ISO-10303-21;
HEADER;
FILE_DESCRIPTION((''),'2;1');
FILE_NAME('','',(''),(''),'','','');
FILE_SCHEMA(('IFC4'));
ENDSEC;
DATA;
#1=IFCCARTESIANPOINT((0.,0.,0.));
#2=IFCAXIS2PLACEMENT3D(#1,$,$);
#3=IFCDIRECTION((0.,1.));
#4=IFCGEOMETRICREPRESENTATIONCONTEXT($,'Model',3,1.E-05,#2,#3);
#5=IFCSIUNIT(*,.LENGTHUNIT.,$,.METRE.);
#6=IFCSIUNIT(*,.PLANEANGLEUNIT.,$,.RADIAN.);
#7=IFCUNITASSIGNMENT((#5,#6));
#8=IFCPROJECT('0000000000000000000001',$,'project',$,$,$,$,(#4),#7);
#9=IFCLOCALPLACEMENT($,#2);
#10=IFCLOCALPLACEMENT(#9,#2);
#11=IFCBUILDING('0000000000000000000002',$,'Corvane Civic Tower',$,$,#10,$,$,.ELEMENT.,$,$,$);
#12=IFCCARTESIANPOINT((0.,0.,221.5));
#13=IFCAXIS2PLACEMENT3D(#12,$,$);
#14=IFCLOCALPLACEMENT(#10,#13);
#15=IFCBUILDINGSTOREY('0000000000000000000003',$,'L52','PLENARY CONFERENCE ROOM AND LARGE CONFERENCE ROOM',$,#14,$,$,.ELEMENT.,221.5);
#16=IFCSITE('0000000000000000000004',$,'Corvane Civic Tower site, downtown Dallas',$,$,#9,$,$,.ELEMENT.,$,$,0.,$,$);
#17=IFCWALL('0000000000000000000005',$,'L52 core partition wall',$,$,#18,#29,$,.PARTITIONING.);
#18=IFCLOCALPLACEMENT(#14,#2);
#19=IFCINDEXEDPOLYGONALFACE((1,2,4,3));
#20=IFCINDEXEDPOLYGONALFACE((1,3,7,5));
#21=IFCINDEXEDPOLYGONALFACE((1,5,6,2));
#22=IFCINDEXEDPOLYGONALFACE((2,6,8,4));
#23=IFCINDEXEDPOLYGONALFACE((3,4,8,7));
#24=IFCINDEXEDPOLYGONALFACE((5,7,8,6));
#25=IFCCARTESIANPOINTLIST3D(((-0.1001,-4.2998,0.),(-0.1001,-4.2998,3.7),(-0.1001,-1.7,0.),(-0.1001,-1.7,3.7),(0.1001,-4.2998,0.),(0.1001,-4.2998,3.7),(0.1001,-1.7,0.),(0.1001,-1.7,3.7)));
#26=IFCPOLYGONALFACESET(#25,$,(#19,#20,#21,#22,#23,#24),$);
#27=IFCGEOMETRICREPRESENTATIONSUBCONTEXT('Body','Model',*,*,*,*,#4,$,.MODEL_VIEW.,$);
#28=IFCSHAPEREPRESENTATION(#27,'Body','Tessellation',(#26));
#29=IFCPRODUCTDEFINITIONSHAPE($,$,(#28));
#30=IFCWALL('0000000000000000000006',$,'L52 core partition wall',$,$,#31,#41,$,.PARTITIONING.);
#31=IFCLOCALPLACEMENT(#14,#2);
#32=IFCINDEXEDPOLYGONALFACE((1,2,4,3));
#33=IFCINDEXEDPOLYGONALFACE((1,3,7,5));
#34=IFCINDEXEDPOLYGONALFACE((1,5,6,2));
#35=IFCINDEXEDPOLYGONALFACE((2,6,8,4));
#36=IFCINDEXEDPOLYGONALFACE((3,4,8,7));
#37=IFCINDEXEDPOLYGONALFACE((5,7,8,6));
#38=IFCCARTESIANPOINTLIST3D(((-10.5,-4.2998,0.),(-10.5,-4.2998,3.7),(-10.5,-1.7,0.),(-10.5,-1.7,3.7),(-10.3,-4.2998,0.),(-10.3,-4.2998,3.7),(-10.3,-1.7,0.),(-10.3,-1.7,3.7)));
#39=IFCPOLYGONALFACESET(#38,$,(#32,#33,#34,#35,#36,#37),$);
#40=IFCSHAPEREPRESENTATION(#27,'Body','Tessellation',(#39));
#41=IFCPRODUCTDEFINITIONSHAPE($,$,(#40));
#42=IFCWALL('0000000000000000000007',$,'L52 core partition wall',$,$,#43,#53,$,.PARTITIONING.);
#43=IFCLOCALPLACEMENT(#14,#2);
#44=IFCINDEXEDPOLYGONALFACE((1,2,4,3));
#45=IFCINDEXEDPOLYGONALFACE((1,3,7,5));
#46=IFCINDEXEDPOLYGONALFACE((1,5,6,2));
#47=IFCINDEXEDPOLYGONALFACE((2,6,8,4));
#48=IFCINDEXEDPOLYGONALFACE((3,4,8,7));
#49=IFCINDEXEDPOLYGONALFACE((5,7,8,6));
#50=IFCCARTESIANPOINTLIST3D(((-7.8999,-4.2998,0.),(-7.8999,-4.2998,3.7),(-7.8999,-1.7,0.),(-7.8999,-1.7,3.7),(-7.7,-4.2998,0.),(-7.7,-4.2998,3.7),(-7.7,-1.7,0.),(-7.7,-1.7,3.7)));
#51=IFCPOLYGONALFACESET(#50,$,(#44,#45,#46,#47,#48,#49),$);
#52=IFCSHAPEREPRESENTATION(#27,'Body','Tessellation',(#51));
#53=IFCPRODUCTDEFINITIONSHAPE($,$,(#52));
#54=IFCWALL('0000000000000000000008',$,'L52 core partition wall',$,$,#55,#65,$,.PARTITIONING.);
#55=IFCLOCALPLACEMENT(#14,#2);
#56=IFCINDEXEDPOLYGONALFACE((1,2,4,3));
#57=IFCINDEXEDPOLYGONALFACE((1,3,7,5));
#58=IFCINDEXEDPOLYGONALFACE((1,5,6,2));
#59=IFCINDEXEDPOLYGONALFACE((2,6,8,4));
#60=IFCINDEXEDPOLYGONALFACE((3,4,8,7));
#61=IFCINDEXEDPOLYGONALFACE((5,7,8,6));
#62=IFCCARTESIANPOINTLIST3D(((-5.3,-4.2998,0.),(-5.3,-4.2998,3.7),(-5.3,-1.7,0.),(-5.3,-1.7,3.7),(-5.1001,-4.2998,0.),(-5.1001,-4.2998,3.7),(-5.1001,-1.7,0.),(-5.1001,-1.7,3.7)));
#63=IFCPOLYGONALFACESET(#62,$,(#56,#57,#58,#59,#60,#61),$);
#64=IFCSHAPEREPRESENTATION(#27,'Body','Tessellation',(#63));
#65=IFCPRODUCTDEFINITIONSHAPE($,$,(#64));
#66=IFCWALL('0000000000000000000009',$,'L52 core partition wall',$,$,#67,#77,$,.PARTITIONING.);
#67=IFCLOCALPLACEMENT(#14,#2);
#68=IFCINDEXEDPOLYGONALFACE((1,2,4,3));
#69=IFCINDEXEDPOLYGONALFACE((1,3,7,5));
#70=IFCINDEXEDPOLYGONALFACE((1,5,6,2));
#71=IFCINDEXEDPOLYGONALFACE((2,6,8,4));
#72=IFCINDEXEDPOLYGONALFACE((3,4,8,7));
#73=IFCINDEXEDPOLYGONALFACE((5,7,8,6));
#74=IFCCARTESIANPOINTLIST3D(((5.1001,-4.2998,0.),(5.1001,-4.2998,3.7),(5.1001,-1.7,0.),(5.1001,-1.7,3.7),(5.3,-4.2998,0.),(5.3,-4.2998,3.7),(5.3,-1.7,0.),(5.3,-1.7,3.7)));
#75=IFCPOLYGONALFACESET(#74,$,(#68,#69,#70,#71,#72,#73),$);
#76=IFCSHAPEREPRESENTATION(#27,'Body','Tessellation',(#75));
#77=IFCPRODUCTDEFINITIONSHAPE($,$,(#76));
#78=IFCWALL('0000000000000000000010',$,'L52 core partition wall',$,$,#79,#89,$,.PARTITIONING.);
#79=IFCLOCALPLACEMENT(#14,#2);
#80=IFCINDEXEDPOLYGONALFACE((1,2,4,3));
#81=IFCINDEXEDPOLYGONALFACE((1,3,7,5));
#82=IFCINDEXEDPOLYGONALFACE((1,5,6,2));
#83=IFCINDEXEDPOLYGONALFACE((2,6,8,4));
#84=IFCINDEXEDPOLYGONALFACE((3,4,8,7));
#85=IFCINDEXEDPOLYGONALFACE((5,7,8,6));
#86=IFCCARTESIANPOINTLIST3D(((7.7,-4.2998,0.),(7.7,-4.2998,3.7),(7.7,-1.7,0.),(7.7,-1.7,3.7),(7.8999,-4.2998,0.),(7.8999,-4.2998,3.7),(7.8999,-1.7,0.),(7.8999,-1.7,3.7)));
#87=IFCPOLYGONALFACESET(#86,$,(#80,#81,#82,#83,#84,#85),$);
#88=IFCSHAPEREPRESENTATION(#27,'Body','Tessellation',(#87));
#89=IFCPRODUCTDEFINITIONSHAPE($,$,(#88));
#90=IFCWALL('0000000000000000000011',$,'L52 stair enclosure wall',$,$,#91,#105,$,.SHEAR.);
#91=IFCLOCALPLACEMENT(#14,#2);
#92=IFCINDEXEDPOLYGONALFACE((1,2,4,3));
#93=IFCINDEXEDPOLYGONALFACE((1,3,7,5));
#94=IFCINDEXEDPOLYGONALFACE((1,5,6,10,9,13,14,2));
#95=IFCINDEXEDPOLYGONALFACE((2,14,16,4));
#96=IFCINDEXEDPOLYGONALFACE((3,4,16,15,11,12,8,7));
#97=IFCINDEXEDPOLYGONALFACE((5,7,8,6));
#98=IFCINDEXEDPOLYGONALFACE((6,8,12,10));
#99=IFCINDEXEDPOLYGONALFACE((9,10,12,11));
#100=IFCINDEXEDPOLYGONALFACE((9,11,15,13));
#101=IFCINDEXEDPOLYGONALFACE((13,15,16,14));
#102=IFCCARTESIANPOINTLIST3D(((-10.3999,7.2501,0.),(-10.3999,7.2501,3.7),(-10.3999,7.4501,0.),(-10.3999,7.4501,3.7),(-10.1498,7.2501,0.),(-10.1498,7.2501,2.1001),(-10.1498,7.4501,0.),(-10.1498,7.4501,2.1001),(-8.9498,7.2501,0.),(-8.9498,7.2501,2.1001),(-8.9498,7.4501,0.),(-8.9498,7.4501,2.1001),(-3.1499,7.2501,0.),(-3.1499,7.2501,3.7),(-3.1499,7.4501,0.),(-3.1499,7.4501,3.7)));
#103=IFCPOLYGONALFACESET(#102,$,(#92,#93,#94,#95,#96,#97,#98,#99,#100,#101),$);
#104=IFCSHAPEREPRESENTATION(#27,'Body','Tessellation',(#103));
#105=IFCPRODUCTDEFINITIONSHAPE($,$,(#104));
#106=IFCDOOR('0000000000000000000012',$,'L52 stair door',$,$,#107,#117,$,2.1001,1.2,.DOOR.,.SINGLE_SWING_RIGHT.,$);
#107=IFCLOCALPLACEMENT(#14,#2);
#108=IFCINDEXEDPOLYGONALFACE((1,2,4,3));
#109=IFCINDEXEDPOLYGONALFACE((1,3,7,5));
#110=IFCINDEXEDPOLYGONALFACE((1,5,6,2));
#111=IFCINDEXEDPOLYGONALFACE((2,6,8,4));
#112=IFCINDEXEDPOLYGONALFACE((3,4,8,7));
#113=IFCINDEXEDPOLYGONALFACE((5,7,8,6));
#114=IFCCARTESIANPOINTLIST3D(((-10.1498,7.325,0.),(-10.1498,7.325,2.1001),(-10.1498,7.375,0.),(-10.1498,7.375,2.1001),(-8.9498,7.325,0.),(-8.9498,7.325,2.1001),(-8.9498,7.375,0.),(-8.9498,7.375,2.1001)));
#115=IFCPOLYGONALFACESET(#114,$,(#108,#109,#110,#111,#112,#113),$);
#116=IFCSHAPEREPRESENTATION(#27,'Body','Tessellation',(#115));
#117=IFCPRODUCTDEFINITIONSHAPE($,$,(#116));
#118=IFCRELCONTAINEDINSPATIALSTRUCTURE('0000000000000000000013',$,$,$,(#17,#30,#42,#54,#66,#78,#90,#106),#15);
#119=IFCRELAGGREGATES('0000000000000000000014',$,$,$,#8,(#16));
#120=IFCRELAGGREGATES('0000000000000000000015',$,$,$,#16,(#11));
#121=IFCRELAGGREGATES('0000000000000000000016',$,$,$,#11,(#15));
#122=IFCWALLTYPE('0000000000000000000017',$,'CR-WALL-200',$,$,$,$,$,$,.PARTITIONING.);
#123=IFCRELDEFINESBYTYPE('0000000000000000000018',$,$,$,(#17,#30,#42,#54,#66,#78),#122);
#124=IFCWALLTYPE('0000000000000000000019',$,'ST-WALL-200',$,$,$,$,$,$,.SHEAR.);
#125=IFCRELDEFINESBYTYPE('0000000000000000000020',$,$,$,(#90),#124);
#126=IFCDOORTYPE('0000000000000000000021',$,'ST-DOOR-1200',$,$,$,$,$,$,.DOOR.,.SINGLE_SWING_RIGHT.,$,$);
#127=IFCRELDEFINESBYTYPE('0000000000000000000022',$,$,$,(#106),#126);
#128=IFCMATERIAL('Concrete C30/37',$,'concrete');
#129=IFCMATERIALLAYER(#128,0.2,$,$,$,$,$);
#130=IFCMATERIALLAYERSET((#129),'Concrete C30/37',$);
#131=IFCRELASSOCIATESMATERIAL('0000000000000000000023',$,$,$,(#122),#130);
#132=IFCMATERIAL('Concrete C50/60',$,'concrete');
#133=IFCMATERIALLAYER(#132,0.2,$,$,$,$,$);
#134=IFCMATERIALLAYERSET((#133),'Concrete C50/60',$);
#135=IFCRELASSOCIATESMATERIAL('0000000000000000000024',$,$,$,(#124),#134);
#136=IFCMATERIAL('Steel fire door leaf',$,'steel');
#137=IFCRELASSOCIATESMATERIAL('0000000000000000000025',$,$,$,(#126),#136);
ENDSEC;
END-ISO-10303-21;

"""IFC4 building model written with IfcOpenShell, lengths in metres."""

from ifc_helpers import new_model, si_unit, direction, frame, frame_2d, origin, place, context, subcontext, project, spatial, polyline, rectangle, outline, extrude, material, layer, layer_set, type_object, element, fill, save


model = new_model("IFC4")

# Units and contexts
model_context = context("Model", 3, precision=1e-05, world=origin(), true_north=direction((0.0, 1.0)))
body_context = subcontext(model_context, "Body", "Model", "MODEL_VIEW")
ifc_project = project(units=[si_unit("LENGTHUNIT", "METRE"), si_unit("PLANEANGLEUNIT", "RADIAN")], contexts=[model_context])

# Site, building, storey
site_placement = place(None, origin())
site = spatial("IfcSite", under=ifc_project, at=site_placement, Name="Corvane Civic Tower site, downtown Dallas", CompositionType="ELEMENT", RefElevation=0.0)
building_placement = place(site_placement, origin())
building = spatial("IfcBuilding", under=site, at=building_placement, Name="Corvane Civic Tower", CompositionType="ELEMENT")
storey_placement = place(building_placement, frame((0.0, 0.0, 221.5)))
storey = spatial("IfcBuildingStorey", under=building, at=storey_placement, Name="L52", Description="PLENARY CONFERENCE ROOM AND LARGE CONFERENCE ROOM", CompositionType="ELEMENT", Elevation=221.5)

# Shared definitions
ifc_material_1 = material(Name="Concrete C30/37", Category="concrete")
ifc_layer_1 = layer(ifc_material_1, 0.2)
ifc_layer_set_1 = layer_set([ifc_layer_1], Name="Concrete C30/37")
wall_type_1 = type_object("IfcWallType", Name="CR-WALL-200", PredefinedType="PARTITIONING", material=ifc_layer_set_1)

# Walls
wall_1_placement = place(storey_placement, origin())
element("IfcWall", 1, at=wall_1_placement, inside=storey, type_object=wall_type_1, Name="L52 core partition wall", PredefinedType="PARTITIONING", context=body_context, shape_type="SweptSolid", body=[
    extrude(outline(polyline([(0.1001, -1.7), (0.1001, -4.2998), (-0.1001, -4.2998), (-0.1001, -1.7), (0.1001, -1.7)])), origin(), (0.0, 0.0, 1.0), 3.7),
])
wall_2_placement = place(storey_placement, origin())
element("IfcWall", 2, at=wall_2_placement, inside=storey, type_object=wall_type_1, Name="L52 core partition wall", PredefinedType="PARTITIONING", context=body_context, shape_type="SweptSolid", body=[
    extrude(outline(polyline([(-10.3, -1.7), (-10.3, -4.2998), (-10.5, -4.2998), (-10.5, -1.7), (-10.3, -1.7)])), origin(), (0.0, 0.0, 1.0), 3.7),
])
wall_3_placement = place(storey_placement, origin())
element("IfcWall", 3, at=wall_3_placement, inside=storey, type_object=wall_type_1, Name="L52 core partition wall", PredefinedType="PARTITIONING", context=body_context, shape_type="SweptSolid", body=[
    extrude(outline(polyline([(-7.7, -1.7), (-7.7, -4.2998), (-7.8999, -4.2998), (-7.8999, -1.7), (-7.7, -1.7)])), origin(), (0.0, 0.0, 1.0), 3.7),
])
wall_4_placement = place(storey_placement, origin())
element("IfcWall", 4, at=wall_4_placement, inside=storey, type_object=wall_type_1, Name="L52 core partition wall", PredefinedType="PARTITIONING", context=body_context, shape_type="SweptSolid", body=[
    extrude(outline(polyline([(-5.1001, -1.7), (-5.1001, -4.2998), (-5.3, -4.2998), (-5.3, -1.7), (-5.1001, -1.7)])), origin(), (0.0, 0.0, 1.0), 3.7),
])
wall_5_placement = place(storey_placement, origin())
element("IfcWall", 5, at=wall_5_placement, inside=storey, type_object=wall_type_1, Name="L52 core partition wall", PredefinedType="PARTITIONING", context=body_context, shape_type="SweptSolid", body=[
    extrude(outline(polyline([(5.3, -1.7), (5.3, -4.2998), (5.1001, -4.2998), (5.1001, -1.7), (5.3, -1.7)])), origin(), (0.0, 0.0, 1.0), 3.7),
])
wall_6_placement = place(storey_placement, origin())
element("IfcWall", 6, at=wall_6_placement, inside=storey, type_object=wall_type_1, Name="L52 core partition wall", PredefinedType="PARTITIONING", context=body_context, shape_type="SweptSolid", body=[
    extrude(outline(polyline([(7.8999, -1.7), (7.8999, -4.2998), (7.7, -4.2998), (7.7, -1.7), (7.8999, -1.7)])), origin(), (0.0, 0.0, 1.0), 3.7),
])

# Wall, opening, door
ifc_material_2 = material(Name="Concrete C50/60", Category="concrete")
ifc_layer_2 = layer(ifc_material_2, 0.2)
ifc_layer_set_2 = layer_set([ifc_layer_2], Name="Concrete C50/60")
wall_type_2 = type_object("IfcWallType", Name="ST-WALL-200", PredefinedType="SHEAR", material=ifc_layer_set_2)
wall_7_placement = place(storey_placement, frame((-10.3999, 7.3501, 0.0), z_axis=(0.0, 0.0, 1.0), x_axis=(1.0, 0.0, 0.0)))
wall_7 = element("IfcWall", 7, at=wall_7_placement, inside=storey, type_object=wall_type_2, Name="L52 stair enclosure wall", PredefinedType="SHEAR", context=body_context, shape_type="SweptSolid", body=[
    extrude(rectangle(XDim=7.25, YDim=0.2, at=frame_2d((3.625, 0.0))), origin(), (0.0, 0.0, 1.0), 3.7),
])
opening_1_placement = place(wall_7_placement, frame((0.25, 0.0, 0.0)))
opening_1 = element("IfcOpeningElement", 8, at=opening_1_placement, cuts=wall_7, PredefinedType="OPENING", context=body_context, shape_type="SweptSolid", body=[
    extrude(rectangle(XDim=1.2, YDim=2.1001, at=frame_2d((0.6001, 1.05))), frame((0.0, 0.1099, 0.0), z_axis=(0.0, -1.0, 0.0), x_axis=(1.0, 0.0, 0.0)), (0.0, 0.0, 1.0), 0.22),
])
ifc_material_3 = material(Name="Steel fire door leaf", Category="steel")
door_type_1 = type_object("IfcDoorType", Name="ST-DOOR-1200", OperationType="SINGLE_SWING_RIGHT", PredefinedType="DOOR", material=ifc_material_3)
door_1_placement = place(opening_1_placement, origin())
door_1 = element("IfcDoor", 9, at=door_1_placement, inside=storey, type_object=door_type_1, Name="L52 stair door", OperationType="SINGLE_SWING_RIGHT", OverallHeight=2.1001, OverallWidth=1.2, PredefinedType="DOOR", context=body_context, shape_type="SweptSolid", body=[
    extrude(rectangle(XDim=1.2, YDim=2.1001, at=frame_2d((0.6001, 1.05))), frame((0.0, 0.0249, 0.0), z_axis=(0.0, -1.0, 0.0), x_axis=(1.0, 0.0, 0.0)), (0.0, 0.0, 1.0), 0.05),
])
fill(opening_1, door_1)

save(model, "model.ifc")
